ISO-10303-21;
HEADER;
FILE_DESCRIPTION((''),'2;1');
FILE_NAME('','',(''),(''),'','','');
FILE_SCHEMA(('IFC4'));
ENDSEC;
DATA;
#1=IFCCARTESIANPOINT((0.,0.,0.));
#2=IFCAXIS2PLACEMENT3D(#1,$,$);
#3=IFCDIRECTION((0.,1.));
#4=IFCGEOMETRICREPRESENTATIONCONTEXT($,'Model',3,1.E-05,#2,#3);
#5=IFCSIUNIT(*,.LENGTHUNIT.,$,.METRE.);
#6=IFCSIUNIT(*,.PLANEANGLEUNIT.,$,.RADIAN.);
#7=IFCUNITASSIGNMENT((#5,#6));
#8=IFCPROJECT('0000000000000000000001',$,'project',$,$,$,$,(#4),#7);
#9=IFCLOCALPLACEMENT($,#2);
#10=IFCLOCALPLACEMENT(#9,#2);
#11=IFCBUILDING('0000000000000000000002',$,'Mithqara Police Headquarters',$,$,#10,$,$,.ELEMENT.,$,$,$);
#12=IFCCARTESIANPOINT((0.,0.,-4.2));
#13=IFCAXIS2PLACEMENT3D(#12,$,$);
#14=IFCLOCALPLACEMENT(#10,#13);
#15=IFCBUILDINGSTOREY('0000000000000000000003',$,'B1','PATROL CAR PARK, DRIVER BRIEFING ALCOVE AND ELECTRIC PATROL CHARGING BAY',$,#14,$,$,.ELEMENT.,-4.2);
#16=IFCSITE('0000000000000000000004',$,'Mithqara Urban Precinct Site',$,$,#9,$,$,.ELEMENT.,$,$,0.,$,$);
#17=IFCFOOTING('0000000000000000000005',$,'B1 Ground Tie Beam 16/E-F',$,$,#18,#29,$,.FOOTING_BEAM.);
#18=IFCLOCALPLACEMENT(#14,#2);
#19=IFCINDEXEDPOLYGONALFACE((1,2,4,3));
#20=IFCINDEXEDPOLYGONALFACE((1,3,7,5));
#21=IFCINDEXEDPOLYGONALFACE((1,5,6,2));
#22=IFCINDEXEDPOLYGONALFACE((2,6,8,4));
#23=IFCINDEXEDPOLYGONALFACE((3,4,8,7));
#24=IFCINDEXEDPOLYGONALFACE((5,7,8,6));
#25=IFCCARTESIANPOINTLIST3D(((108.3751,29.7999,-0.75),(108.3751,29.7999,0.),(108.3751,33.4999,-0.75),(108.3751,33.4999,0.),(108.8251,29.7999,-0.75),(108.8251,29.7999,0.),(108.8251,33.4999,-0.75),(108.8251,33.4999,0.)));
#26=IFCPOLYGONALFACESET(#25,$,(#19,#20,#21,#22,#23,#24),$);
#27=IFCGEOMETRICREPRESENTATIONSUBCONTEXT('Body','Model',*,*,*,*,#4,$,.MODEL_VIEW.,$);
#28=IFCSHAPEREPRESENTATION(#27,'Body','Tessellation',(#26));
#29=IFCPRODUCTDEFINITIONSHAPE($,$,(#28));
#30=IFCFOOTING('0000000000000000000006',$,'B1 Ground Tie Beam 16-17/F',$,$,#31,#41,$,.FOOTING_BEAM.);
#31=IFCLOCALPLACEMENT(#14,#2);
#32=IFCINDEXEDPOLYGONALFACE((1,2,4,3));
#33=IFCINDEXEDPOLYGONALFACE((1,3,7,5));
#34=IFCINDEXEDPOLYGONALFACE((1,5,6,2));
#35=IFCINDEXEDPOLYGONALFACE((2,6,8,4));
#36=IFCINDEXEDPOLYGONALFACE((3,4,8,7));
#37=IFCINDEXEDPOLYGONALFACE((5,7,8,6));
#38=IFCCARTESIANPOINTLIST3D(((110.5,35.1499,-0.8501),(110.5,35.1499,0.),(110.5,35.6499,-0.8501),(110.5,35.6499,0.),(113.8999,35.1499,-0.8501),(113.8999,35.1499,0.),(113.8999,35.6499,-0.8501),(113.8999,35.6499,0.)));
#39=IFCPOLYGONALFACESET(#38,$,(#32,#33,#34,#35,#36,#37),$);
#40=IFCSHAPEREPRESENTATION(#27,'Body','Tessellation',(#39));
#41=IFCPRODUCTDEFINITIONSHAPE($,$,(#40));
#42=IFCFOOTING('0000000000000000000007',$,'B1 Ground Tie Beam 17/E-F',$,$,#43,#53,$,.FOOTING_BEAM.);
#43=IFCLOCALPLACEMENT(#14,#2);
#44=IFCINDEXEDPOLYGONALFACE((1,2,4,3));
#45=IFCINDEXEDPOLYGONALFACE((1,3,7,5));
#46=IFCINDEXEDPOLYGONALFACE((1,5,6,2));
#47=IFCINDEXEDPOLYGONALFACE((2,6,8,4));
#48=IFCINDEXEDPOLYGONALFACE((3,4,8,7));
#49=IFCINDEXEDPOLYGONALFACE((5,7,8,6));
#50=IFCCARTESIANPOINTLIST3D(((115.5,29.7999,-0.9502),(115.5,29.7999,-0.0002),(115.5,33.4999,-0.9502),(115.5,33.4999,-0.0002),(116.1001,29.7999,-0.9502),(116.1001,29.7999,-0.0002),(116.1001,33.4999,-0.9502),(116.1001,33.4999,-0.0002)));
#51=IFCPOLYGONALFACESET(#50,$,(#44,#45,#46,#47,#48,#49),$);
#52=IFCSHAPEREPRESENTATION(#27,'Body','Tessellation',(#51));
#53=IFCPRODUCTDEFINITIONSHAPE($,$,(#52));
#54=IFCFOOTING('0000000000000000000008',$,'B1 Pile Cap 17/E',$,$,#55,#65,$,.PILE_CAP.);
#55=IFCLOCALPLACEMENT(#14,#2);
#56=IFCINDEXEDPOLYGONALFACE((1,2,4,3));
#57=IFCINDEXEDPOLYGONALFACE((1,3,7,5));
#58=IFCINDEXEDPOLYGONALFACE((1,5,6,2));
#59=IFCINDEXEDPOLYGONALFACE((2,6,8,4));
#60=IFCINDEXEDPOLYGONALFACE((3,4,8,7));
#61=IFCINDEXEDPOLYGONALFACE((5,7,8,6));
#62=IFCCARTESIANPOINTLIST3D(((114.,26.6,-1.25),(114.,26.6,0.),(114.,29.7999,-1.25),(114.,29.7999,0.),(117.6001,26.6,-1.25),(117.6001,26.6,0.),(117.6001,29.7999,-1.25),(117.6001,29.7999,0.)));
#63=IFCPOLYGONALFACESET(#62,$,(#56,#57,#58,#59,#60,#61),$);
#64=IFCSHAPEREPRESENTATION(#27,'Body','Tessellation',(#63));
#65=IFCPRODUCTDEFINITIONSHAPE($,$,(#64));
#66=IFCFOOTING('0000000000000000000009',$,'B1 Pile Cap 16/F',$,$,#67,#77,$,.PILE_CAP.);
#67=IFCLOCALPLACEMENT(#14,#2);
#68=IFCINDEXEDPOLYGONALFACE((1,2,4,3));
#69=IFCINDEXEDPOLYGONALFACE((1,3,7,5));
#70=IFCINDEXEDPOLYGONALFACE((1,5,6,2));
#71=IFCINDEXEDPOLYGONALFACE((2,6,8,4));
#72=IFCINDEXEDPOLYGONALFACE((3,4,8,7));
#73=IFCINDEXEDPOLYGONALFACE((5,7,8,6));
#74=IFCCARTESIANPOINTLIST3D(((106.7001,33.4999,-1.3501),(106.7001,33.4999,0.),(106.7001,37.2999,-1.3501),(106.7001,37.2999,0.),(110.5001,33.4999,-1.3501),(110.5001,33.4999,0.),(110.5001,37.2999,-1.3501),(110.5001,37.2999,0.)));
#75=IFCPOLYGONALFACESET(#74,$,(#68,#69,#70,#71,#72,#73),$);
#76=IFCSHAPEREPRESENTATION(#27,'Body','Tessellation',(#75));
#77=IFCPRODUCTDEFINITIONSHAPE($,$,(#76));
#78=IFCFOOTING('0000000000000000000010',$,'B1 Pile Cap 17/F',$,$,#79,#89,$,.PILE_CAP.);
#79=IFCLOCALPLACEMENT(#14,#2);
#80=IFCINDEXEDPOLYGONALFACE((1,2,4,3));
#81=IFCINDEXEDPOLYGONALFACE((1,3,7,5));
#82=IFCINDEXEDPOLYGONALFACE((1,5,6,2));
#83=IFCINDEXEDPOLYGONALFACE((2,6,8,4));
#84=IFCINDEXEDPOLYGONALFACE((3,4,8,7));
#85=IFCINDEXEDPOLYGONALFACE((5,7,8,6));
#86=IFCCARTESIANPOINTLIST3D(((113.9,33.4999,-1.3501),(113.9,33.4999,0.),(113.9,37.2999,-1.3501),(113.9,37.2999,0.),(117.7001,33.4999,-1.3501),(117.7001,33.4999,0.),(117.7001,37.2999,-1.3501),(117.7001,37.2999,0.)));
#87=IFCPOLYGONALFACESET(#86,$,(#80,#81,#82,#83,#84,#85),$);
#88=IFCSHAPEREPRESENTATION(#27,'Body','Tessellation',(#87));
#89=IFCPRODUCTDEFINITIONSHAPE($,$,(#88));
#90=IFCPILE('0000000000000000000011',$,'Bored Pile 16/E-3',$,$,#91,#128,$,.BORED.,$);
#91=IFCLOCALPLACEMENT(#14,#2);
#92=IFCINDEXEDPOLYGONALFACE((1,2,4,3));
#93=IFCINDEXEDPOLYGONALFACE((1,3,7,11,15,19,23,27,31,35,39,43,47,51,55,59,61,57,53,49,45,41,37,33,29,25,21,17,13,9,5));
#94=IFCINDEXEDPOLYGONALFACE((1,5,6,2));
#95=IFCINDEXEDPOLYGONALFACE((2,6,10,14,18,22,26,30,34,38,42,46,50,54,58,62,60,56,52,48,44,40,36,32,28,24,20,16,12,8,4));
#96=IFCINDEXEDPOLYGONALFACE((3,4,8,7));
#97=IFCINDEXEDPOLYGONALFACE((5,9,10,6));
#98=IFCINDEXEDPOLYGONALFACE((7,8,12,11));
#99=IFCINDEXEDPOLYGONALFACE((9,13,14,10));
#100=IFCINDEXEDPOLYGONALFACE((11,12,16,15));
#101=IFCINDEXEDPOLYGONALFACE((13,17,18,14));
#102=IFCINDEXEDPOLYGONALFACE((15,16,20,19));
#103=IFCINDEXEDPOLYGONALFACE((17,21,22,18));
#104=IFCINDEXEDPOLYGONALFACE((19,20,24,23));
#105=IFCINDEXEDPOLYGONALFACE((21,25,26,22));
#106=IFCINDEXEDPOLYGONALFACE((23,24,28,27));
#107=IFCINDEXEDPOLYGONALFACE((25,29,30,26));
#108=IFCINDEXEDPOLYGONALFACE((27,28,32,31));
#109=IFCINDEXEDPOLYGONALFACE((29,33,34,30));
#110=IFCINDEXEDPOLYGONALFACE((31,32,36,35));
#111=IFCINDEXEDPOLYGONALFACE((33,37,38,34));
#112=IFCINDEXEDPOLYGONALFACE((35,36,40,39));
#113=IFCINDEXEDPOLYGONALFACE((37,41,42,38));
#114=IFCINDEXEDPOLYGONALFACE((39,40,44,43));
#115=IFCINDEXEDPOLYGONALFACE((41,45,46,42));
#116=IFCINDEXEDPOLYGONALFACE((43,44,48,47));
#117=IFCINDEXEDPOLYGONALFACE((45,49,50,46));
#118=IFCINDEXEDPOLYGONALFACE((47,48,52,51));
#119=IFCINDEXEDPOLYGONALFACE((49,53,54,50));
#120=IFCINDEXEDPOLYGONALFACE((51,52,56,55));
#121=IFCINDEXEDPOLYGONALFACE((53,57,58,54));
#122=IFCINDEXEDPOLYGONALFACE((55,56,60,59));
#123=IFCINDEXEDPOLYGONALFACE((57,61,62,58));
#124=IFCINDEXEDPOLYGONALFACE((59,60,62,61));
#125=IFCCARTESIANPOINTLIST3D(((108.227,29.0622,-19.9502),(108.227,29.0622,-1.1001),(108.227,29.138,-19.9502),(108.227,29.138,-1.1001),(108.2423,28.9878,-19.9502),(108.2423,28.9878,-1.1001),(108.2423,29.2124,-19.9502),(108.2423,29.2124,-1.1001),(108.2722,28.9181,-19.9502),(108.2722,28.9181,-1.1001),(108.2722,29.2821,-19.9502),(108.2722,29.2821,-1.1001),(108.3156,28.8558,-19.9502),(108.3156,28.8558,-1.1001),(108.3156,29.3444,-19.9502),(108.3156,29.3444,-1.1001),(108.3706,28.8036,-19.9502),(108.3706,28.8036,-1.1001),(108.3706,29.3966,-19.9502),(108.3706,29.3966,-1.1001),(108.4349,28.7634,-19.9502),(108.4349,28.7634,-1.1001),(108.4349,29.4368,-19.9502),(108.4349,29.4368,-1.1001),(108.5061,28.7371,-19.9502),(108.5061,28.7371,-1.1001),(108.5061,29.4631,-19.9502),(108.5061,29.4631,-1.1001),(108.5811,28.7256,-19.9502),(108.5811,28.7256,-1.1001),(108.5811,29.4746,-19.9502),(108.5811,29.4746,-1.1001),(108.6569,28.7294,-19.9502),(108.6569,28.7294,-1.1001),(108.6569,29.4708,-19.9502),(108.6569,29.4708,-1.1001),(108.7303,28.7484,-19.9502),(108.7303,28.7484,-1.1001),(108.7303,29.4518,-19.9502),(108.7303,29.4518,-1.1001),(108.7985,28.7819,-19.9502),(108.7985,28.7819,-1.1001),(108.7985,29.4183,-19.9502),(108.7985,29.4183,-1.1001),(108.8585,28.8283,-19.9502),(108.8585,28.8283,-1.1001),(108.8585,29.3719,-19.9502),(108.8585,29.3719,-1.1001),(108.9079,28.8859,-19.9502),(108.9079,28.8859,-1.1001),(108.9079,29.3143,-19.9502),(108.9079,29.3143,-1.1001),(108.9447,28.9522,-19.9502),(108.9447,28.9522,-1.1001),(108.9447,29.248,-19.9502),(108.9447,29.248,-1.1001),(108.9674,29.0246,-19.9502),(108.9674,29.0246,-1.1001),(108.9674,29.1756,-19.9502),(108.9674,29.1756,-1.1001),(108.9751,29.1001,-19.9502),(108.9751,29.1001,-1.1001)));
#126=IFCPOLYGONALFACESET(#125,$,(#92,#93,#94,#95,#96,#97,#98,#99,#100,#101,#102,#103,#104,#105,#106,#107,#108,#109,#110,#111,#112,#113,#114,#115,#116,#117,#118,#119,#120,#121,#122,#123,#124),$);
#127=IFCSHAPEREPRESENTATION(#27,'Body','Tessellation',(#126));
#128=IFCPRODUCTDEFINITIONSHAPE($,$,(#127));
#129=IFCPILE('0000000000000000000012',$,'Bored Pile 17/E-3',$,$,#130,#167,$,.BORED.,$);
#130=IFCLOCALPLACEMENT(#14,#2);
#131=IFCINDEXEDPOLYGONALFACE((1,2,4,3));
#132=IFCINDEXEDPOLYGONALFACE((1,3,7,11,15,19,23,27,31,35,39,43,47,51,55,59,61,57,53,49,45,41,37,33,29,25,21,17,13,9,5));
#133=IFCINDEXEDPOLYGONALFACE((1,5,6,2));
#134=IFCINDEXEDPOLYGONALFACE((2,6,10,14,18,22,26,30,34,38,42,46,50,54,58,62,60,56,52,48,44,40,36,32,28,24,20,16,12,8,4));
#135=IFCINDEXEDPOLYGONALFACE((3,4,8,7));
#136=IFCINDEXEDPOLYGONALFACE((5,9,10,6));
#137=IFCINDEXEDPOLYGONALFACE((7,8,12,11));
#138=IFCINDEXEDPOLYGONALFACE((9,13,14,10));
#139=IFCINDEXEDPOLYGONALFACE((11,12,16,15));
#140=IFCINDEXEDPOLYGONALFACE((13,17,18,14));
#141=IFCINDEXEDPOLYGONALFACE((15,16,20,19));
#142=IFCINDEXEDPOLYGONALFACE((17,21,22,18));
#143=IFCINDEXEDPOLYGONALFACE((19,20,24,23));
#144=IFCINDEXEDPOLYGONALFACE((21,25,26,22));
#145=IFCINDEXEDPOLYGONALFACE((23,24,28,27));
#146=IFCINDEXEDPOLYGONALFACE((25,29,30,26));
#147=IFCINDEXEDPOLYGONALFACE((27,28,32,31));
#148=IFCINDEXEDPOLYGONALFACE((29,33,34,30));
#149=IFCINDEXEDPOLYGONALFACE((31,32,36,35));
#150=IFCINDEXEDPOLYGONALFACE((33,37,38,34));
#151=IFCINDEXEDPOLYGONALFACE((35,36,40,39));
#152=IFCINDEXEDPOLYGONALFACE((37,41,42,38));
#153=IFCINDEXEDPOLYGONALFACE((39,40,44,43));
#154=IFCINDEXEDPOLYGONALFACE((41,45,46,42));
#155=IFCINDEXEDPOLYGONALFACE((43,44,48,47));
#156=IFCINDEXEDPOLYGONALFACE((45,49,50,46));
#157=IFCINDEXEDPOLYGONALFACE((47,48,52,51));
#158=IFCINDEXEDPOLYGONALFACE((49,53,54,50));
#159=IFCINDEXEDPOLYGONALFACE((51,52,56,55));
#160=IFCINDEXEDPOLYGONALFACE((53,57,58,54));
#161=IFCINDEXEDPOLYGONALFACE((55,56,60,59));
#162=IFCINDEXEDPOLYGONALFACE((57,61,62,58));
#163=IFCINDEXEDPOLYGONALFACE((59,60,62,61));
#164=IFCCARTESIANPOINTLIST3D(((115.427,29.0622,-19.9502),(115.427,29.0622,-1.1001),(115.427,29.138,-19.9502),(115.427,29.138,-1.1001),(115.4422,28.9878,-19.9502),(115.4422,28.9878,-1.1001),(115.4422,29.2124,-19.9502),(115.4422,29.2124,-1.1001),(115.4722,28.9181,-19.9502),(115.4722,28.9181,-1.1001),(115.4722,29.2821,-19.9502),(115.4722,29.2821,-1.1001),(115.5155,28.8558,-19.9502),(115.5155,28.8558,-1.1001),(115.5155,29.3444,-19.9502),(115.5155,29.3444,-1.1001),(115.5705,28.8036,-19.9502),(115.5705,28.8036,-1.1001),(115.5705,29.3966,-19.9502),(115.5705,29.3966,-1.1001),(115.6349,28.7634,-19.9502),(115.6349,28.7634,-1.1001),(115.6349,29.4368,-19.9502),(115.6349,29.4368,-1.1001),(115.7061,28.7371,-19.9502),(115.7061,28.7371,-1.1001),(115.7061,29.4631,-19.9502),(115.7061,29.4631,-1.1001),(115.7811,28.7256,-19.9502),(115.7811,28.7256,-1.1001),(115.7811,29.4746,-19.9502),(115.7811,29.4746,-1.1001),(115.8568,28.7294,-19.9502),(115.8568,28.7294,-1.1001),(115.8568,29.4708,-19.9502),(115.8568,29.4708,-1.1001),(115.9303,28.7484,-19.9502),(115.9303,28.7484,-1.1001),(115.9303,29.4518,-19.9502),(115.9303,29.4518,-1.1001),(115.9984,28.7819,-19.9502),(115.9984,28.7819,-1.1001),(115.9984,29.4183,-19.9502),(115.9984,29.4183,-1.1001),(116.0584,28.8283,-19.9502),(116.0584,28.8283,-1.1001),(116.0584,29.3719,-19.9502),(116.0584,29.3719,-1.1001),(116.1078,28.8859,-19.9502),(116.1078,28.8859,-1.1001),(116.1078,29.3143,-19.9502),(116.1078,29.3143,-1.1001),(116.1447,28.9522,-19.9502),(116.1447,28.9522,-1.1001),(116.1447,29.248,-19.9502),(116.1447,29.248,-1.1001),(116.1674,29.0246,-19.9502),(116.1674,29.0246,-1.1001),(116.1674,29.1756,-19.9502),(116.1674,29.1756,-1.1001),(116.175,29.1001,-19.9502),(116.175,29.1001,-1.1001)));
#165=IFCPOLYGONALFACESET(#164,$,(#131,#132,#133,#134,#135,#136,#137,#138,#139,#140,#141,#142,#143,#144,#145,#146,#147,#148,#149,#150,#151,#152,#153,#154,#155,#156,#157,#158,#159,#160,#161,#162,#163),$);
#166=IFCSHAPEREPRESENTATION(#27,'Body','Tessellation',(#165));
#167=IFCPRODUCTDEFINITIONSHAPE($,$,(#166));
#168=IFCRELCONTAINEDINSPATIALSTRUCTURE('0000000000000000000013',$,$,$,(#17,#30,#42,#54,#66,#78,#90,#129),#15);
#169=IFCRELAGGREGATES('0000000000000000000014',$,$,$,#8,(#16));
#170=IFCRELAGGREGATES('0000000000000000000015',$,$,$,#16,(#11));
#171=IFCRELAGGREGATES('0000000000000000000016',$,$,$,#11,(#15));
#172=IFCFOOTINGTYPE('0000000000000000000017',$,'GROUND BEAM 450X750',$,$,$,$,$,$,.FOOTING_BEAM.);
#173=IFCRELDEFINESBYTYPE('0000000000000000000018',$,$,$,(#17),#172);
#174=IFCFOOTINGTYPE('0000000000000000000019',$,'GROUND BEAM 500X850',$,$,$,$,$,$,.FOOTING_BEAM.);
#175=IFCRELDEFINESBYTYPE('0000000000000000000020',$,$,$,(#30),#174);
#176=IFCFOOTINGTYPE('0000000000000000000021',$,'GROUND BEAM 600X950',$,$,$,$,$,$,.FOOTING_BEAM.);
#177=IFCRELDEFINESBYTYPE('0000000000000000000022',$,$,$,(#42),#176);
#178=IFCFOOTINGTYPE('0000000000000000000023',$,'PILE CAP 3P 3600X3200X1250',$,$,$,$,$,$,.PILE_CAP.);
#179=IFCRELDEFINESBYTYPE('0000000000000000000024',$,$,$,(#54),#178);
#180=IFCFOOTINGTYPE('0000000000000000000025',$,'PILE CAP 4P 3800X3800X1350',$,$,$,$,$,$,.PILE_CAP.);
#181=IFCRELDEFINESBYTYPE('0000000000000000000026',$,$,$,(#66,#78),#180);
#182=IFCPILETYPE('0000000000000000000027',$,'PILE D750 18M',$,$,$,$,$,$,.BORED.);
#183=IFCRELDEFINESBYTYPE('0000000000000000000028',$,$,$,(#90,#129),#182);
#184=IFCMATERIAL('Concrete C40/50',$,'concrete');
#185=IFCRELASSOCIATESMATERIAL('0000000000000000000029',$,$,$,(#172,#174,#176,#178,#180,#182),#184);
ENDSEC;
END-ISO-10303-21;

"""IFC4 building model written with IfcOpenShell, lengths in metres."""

from ifc_helpers import new_model, si_unit, direction, frame, origin, origin_2d, place, context, subcontext, project, spatial, rectangle, circle, extrude, material, material_profile, profile_set, type_object, element, save


model = new_model("IFC4")

# Units and contexts
model_context = context("Model", 3, precision=1e-05, world=origin(), true_north=direction((0.0, 1.0)))
body_context = subcontext(model_context, "Body", "Model", "MODEL_VIEW")
ifc_project = project(units=[si_unit("LENGTHUNIT", "METRE"), si_unit("PLANEANGLEUNIT", "RADIAN")], contexts=[model_context])

# Site, building, storey
site_placement = place(None, origin())
site = spatial("IfcSite", under=ifc_project, at=site_placement, Name="Mithqara Urban Precinct Site", CompositionType="ELEMENT", RefElevation=0.0)
building_placement = place(site_placement, origin())
building = spatial("IfcBuilding", under=site, at=building_placement, Name="Mithqara Police Headquarters", CompositionType="ELEMENT")
storey_placement = place(building_placement, frame((0.0, 0.0, -4.2)))
storey = spatial("IfcBuildingStorey", under=building, at=storey_placement, Name="B1", Description="PATROL CAR PARK, DRIVER BRIEFING ALCOVE AND ELECTRIC PATROL CHARGING BAY", CompositionType="ELEMENT", Elevation=-4.2)

# Footings
ifc_material_1 = material(Name="Concrete C40/50", Category="concrete")
footing_type_1 = type_object("IfcFootingType", Name="GROUND BEAM 450X750", PredefinedType="FOOTING_BEAM", material=ifc_material_1)
footing_1_placement = place(storey_placement, frame((108.6001, 31.6499, -0.75), z_axis=(0.0, 0.0, 1.0), x_axis=(1.0, 0.0, 0.0)))
element("IfcFooting", 1, at=footing_1_placement, inside=storey, type_object=footing_type_1, Name="B1 Ground Tie Beam 16/E-F", PredefinedType="FOOTING_BEAM", context=body_context, shape_type="SweptSolid", body=[
    extrude(rectangle(XDim=0.45, YDim=3.7, at=origin_2d()), origin(), (0.0, 0.0, 1.0), 0.75),
])
footing_type_2 = type_object("IfcFootingType", Name="GROUND BEAM 500X850", PredefinedType="FOOTING_BEAM", material=ifc_material_1)
footing_2_placement = place(storey_placement, frame((112.2, 35.3999, -0.8501), z_axis=(0.0, 0.0, 1.0), x_axis=(1.0, 0.0, 0.0)))
element("IfcFooting", 2, at=footing_2_placement, inside=storey, type_object=footing_type_2, Name="B1 Ground Tie Beam 16-17/F", PredefinedType="FOOTING_BEAM", context=body_context, shape_type="SweptSolid", body=[
    extrude(rectangle(XDim=3.3999, YDim=0.5, at=origin_2d()), origin(), (0.0, 0.0, 1.0), 0.8501),
])
footing_type_3 = type_object("IfcFootingType", Name="GROUND BEAM 600X950", PredefinedType="FOOTING_BEAM", material=ifc_material_1)
footing_3_placement = place(storey_placement, frame((115.8, 31.6499, -0.9502), z_axis=(0.0, 0.0, 1.0), x_axis=(1.0, 0.0, 0.0)))
element("IfcFooting", 3, at=footing_3_placement, inside=storey, type_object=footing_type_3, Name="B1 Ground Tie Beam 17/E-F", PredefinedType="FOOTING_BEAM", context=body_context, shape_type="SweptSolid", body=[
    extrude(rectangle(XDim=0.6001, YDim=3.7, at=origin_2d()), origin(), (0.0, 0.0, 1.0), 0.95),
])
footing_type_4 = type_object("IfcFootingType", Name="PILE CAP 3P 3600X3200X1250", PredefinedType="PILE_CAP", material=ifc_material_1)
footing_4_placement = place(storey_placement, frame((115.8, 28.2, -1.25), z_axis=(0.0, 0.0, 1.0), x_axis=(1.0, 0.0, 0.0)))
element("IfcFooting", 4, at=footing_4_placement, inside=storey, type_object=footing_type_4, Name="B1 Pile Cap 17/E", PredefinedType="PILE_CAP", context=body_context, shape_type="SweptSolid", body=[
    extrude(rectangle(XDim=3.6001, YDim=3.2, at=origin_2d()), origin(), (0.0, 0.0, 1.0), 1.25),
])
footing_type_5 = type_object("IfcFootingType", Name="PILE CAP 4P 3800X3800X1350", PredefinedType="PILE_CAP", material=ifc_material_1)
for number, where, z_axis, x_axis, name in (
    (5, (108.6001, 35.3999, -1.3501), (0.0, 0.0, 1.0), (1.0, 0.0, 0.0), "B1 Pile Cap 16/F"),
    (6, (115.8, 35.3999, -1.3501), (0.0, 0.0, 1.0), (1.0, 0.0, 0.0), "B1 Pile Cap 17/F"),
):
    element("IfcFooting", number, at=place(storey_placement, frame(where, z_axis=z_axis, x_axis=x_axis)), inside=storey, type_object=footing_type_5, Name=name, PredefinedType="PILE_CAP", context=body_context, shape_type="SweptSolid", body=[
        extrude(rectangle(XDim=3.8, YDim=3.8, at=origin_2d()), origin(), (0.0, 0.0, 1.0), 1.3501),
    ])

# Piles
ifc_material_profile_1 = material_profile(ifc_material_1, circle(Radius=0.375, at=origin_2d()), Name="PILE D750")
ifc_profile_set_1 = profile_set([ifc_material_profile_1], Name="Concrete C40/50")
pile_type_1 = type_object("IfcPileType", Name="PILE D750 18M", PredefinedType="BORED", material=ifc_profile_set_1)
for number, where, z_axis, x_axis, name in (
    (7, (108.6001, 29.1001, -1.1001), (0.0, 0.0, -1.0), (1.0, 0.0, 0.0), "Bored Pile 16/E-3"),
    (8, (115.8, 29.1001, -1.1001), (0.0, 0.0, -1.0), (1.0, 0.0, 0.0), "Bored Pile 17/E-3"),
):
    element("IfcPile", number, at=place(storey_placement, frame(where, z_axis=z_axis, x_axis=x_axis)), inside=storey, type_object=pile_type_1, Name=name, PredefinedType="BORED", context=body_context, shape_type="SweptSolid", body=[
        extrude(circle(Radius=0.375, at=origin_2d()), origin(), (0.0, 0.0, 1.0), 18.8501),
    ])

save(model, "model.ifc")
